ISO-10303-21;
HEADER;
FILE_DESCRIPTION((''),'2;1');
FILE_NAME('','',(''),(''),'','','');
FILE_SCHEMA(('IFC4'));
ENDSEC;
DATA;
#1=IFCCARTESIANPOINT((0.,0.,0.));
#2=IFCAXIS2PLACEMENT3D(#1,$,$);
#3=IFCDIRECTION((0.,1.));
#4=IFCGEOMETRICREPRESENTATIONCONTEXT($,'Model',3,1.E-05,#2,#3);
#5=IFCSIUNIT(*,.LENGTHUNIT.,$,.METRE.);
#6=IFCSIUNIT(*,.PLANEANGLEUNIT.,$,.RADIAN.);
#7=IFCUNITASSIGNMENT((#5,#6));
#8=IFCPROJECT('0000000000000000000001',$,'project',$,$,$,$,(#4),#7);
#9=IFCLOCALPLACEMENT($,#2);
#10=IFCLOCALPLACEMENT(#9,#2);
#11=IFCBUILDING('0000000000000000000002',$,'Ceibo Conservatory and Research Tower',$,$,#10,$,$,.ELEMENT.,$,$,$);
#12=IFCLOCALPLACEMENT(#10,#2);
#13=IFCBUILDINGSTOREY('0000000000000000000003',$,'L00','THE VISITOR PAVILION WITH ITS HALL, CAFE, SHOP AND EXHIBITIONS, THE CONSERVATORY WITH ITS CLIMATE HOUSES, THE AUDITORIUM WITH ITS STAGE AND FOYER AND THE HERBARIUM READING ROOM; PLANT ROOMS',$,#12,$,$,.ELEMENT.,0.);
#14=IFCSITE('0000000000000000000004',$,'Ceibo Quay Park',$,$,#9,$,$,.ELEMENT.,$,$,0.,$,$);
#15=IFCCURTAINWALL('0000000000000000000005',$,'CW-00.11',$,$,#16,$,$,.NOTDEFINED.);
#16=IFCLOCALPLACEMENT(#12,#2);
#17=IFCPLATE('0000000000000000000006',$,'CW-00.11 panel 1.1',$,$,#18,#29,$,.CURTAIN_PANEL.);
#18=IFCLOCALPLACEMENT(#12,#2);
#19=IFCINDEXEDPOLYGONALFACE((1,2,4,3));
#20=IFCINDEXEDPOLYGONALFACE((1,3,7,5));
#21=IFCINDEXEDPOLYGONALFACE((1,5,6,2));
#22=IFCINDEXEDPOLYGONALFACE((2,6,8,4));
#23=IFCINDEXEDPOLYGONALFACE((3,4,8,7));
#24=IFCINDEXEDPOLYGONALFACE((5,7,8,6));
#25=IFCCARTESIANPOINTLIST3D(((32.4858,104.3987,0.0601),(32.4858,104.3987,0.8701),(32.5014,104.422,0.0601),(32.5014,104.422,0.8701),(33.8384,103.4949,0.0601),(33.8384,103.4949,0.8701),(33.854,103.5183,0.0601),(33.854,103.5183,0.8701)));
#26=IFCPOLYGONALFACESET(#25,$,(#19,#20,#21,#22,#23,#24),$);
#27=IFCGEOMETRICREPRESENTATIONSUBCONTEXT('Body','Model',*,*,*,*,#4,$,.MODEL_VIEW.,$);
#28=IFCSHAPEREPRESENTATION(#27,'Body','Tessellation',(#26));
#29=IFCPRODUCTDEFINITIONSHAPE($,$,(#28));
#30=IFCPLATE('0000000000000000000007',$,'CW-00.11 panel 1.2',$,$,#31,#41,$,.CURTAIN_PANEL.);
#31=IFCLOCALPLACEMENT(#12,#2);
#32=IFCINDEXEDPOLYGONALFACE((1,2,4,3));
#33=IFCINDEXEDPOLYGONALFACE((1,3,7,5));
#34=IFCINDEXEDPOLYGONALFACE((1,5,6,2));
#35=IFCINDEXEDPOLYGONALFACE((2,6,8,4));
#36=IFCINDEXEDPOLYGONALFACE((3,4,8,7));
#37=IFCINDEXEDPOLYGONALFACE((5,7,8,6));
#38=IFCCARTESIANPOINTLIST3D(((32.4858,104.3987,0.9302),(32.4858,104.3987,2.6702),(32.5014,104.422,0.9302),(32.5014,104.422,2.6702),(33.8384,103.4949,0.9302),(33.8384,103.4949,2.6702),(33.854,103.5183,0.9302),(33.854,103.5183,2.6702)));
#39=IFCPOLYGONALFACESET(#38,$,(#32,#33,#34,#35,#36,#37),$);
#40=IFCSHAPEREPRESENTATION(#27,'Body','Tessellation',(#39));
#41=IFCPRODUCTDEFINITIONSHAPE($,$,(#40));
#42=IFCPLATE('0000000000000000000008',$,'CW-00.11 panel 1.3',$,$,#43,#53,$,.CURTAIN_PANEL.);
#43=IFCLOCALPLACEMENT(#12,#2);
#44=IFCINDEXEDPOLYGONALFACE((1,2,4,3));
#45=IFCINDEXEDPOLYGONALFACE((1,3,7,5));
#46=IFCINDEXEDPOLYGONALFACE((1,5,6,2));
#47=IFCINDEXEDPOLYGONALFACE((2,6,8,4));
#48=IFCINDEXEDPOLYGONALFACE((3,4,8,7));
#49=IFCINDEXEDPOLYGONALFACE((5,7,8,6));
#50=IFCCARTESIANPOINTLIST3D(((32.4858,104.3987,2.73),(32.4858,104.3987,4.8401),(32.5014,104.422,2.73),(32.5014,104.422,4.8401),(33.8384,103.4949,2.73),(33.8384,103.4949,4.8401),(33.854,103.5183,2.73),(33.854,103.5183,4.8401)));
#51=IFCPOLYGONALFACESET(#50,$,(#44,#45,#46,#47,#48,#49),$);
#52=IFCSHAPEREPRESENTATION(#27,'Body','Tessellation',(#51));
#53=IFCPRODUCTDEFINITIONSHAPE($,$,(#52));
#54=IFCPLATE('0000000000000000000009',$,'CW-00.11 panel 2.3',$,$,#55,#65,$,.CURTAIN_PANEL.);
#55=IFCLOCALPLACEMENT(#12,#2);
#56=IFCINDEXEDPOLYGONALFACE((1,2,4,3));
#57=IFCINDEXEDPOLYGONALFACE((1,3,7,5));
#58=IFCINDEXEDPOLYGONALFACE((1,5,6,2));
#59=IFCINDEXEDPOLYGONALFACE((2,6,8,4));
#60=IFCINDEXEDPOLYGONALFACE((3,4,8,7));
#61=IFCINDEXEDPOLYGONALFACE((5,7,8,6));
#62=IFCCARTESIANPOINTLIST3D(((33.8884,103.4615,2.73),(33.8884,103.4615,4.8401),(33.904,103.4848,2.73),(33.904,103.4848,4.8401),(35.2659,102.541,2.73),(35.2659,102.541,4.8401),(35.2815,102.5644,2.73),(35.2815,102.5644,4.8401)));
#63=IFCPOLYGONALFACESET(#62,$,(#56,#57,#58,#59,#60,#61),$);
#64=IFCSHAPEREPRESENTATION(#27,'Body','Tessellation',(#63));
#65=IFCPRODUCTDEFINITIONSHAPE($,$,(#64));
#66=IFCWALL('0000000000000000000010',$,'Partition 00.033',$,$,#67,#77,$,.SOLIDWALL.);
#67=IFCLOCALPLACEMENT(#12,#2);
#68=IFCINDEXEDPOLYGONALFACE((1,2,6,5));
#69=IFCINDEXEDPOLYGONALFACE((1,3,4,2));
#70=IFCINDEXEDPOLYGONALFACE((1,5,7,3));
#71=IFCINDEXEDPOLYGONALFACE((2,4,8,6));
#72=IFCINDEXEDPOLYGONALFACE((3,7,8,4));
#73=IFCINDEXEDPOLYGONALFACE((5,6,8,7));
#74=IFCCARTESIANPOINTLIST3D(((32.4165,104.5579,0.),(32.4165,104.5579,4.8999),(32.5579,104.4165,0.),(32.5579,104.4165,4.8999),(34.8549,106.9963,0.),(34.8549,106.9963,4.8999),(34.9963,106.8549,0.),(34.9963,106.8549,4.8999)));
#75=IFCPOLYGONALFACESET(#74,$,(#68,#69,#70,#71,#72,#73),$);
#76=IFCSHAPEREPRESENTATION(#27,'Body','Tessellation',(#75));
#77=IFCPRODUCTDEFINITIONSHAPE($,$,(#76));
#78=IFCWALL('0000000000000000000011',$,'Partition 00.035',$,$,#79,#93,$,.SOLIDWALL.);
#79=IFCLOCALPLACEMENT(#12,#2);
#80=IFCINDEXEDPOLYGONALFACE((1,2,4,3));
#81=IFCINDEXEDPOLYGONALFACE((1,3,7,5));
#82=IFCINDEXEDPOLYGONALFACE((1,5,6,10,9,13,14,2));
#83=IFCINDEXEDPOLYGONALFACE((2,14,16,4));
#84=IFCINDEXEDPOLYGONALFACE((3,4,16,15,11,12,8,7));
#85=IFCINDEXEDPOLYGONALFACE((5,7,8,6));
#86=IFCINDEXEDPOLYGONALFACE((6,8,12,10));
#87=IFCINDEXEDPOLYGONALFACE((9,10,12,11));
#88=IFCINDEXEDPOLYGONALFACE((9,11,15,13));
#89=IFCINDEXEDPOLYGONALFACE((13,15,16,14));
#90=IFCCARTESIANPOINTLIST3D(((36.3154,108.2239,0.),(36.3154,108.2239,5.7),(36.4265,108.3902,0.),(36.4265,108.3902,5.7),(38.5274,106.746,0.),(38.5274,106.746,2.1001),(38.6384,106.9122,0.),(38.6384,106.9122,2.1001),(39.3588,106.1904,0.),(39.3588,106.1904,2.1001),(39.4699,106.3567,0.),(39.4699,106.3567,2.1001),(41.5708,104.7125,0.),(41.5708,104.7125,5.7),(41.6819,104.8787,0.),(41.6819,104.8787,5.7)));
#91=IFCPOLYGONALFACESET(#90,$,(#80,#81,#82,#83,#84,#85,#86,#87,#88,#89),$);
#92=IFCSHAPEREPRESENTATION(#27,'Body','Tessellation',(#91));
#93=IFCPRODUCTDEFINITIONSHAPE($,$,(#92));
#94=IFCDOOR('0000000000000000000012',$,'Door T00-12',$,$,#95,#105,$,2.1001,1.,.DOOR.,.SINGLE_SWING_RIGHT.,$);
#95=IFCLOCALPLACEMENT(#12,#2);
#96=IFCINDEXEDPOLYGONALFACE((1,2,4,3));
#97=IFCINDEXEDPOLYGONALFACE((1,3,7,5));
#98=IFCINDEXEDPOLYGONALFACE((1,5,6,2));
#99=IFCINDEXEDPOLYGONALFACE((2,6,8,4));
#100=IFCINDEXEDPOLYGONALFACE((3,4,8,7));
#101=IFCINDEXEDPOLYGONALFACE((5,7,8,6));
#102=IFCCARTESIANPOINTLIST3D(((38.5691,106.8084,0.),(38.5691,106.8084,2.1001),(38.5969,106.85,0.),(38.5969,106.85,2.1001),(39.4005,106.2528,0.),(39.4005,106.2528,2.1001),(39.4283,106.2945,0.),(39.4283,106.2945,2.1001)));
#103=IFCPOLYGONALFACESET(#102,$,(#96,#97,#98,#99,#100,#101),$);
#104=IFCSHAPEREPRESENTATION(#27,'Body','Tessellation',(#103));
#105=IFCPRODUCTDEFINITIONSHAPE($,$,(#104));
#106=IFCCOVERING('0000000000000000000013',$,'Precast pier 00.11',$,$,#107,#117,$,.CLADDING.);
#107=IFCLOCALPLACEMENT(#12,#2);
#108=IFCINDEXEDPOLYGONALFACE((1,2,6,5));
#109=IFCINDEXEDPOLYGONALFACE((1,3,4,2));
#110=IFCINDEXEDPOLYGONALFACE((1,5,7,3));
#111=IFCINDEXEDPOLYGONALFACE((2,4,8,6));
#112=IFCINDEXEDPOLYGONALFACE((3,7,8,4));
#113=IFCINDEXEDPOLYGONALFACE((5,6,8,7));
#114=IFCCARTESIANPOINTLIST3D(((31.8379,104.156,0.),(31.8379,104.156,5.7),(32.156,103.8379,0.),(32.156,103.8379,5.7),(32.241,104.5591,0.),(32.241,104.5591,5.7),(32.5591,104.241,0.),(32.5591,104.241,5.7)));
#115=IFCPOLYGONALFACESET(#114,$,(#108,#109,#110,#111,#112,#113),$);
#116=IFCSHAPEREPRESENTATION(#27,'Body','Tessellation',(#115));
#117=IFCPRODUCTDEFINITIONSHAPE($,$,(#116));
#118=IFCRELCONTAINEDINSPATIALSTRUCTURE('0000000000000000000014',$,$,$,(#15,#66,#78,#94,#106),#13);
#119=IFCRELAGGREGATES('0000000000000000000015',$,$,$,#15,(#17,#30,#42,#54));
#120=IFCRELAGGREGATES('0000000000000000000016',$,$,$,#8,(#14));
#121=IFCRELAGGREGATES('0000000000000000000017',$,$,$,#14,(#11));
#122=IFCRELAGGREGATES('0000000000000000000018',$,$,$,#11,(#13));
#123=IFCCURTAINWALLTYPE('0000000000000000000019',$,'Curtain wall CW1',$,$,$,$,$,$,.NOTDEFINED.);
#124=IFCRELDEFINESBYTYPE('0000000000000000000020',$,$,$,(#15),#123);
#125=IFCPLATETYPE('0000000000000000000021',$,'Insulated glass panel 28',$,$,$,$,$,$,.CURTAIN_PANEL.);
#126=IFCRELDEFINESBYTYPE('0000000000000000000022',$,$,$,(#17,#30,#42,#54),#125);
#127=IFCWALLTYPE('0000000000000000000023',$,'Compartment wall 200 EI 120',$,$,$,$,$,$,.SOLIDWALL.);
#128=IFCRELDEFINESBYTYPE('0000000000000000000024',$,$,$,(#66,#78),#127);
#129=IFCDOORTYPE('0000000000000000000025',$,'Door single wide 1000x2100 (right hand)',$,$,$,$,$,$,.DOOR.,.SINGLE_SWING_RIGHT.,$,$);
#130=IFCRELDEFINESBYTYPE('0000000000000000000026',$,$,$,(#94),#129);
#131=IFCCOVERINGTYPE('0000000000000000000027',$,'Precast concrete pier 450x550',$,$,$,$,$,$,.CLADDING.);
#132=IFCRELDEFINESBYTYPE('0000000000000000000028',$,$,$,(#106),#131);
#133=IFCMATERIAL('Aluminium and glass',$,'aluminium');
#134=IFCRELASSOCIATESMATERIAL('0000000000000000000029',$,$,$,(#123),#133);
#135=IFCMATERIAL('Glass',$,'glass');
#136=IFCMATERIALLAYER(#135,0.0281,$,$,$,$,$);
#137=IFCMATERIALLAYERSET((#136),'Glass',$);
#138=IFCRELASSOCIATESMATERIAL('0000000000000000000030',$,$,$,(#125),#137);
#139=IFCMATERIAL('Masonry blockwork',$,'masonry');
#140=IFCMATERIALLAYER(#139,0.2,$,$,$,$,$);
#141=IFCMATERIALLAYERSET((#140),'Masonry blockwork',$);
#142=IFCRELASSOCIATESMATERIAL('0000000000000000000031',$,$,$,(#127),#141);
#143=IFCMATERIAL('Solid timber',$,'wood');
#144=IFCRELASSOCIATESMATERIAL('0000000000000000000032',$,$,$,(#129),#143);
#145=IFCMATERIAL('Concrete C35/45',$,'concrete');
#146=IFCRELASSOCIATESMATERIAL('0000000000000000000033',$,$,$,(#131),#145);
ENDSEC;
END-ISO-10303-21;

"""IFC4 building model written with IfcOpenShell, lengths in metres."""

from ifc_helpers import new_model, si_unit, direction, frame, frame_2d, origin, origin_2d, place, context, subcontext, project, spatial, rectangle, extrude, material, layer, layer_set, type_object, element, fill, aggregate, save


model = new_model("IFC4")

# Units and contexts
model_context = context("Model", 3, precision=1e-05, world=origin(), true_north=direction((0.0, 1.0)))
body_context = subcontext(model_context, "Body", "Model", "MODEL_VIEW")
ifc_project = project(units=[si_unit("LENGTHUNIT", "METRE"), si_unit("PLANEANGLEUNIT", "RADIAN")], contexts=[model_context])

# Site, building, storey
site_placement = place(None, origin())
site = spatial("IfcSite", under=ifc_project, at=site_placement, Name="Ceibo Quay Park", CompositionType="ELEMENT", RefElevation=0.0)
building_placement = place(site_placement, origin())
building = spatial("IfcBuilding", under=site, at=building_placement, Name="Ceibo Conservatory and Research Tower", CompositionType="ELEMENT")
storey_placement = place(building_placement, origin())
storey = spatial("IfcBuildingStorey", under=building, at=storey_placement, Name="L00", Description="THE VISITOR PAVILION WITH ITS HALL, CAFE, SHOP AND EXHIBITIONS, THE CONSERVATORY WITH ITS CLIMATE HOUSES, THE AUDITORIUM WITH ITS STAGE AND FOYER AND THE HERBARIUM READING ROOM; PLANT ROOMS", CompositionType="ELEMENT", Elevation=0.0)

# Curtain wall
ifc_material_1 = material(Name="Aluminium and glass", Category="aluminium")
curtain_wall_type = type_object("IfcCurtainWallType", Name="Curtain wall CW1", PredefinedType="NOTDEFINED", material=ifc_material_1)
curtain_wall_1_placement = place(storey_placement, origin())
curtain_wall_1 = element("IfcCurtainWall", 1, at=curtain_wall_1_placement, inside=storey, type_object=curtain_wall_type, Name="CW-00.11", PredefinedType="NOTDEFINED")

# Shared definitions
ifc_material_2 = material(Name="Concrete C35/45", Category="concrete")

# Plates
ifc_material_3 = material(Name="Glass", Category="glass")
ifc_layer_1 = layer(ifc_material_3, 0.0281)
ifc_layer_set_1 = layer_set([ifc_layer_1], Name="Glass")
plate_type = type_object("IfcPlateType", Name="Insulated glass panel 28", PredefinedType="CURTAIN_PANEL", material=ifc_layer_set_1)
plate_1_placement = place(storey_placement, frame((33.1699, 103.9585, 0.0601), z_axis=(0.0, 0.0, 1.0), x_axis=(0.83147, -0.55557, 0.0)))
plate_1 = element("IfcPlate", 2, at=plate_1_placement, type_object=plate_type, Name="CW-00.11 panel 1.1", PredefinedType="CURTAIN_PANEL", context=body_context, shape_type="SweptSolid", body=[
    extrude(rectangle(XDim=1.6267, YDim=0.0281, at=origin_2d()), origin(), (0.0, 0.0, 1.0), 0.8101),
])
plate_2_placement = place(storey_placement, frame((33.1699, 103.9585, 0.9302), z_axis=(0.0, 0.0, 1.0), x_axis=(0.83147, -0.55557, 0.0)))
plate_2 = element("IfcPlate", 3, at=plate_2_placement, type_object=plate_type, Name="CW-00.11 panel 1.2", PredefinedType="CURTAIN_PANEL", context=body_context, shape_type="SweptSolid", body=[
    extrude(rectangle(XDim=1.6267, YDim=0.0281, at=origin_2d()), origin(), (0.0, 0.0, 1.0), 1.74),
])
plate_3_placement = place(storey_placement, frame((33.1699, 103.9585, 2.73), z_axis=(0.0, 0.0, 1.0), x_axis=(0.83147, -0.55557, 0.0)))
plate_3 = element("IfcPlate", 4, at=plate_3_placement, type_object=plate_type, Name="CW-00.11 panel 1.3", PredefinedType="CURTAIN_PANEL", context=body_context, shape_type="SweptSolid", body=[
    extrude(rectangle(XDim=1.6267, YDim=0.0281, at=origin_2d()), origin(), (0.0, 0.0, 1.0), 2.1101),
])
plate_4_placement = place(storey_placement, frame((34.585, 103.0129, 2.73), z_axis=(0.0, 0.0, 1.0), x_axis=(0.83147, -0.55557, 0.0)))
plate_4 = element("IfcPlate", 5, at=plate_4_placement, type_object=plate_type, Name="CW-00.11 panel 2.3", PredefinedType="CURTAIN_PANEL", context=body_context, shape_type="SweptSolid", body=[
    extrude(rectangle(XDim=1.6567, YDim=0.0281, at=origin_2d()), origin(), (0.0, 0.0, 1.0), 2.1101),
])
aggregate(curtain_wall_1, [plate_1, plate_2, plate_3, plate_4])

# Wall
ifc_material_4 = material(Name="Masonry blockwork", Category="masonry")
ifc_layer_2 = layer(ifc_material_4, 0.2)
ifc_layer_set_2 = layer_set([ifc_layer_2], Name="Masonry blockwork")
wall_type = type_object("IfcWallType", Name="Compartment wall 200 EI 120", PredefinedType="SOLIDWALL", material=ifc_layer_set_2)
wall_1_placement = place(storey_placement, frame((34.9255, 106.9255, 0.0), z_axis=(0.0, 0.0, 1.0), x_axis=(-0.707107, -0.707107, 0.0)))
element("IfcWall", 6, at=wall_1_placement, inside=storey, type_object=wall_type, Name="Partition 00.033", PredefinedType="SOLIDWALL", context=body_context, shape_type="SweptSolid", body=[
    extrude(rectangle(XDim=3.4485, YDim=0.2, at=frame_2d((1.7241, 0.0))), origin(), (0.0, 0.0, 1.0), 4.8999),
])

# Wall, opening, door
wall_2_placement = place(storey_placement, frame((41.6262, 104.7957, 0.0), z_axis=(0.0, 0.0, 1.0), x_axis=(-0.831473, 0.555565, 0.0)))
wall_2 = element("IfcWall", 7, at=wall_2_placement, inside=storey, type_object=wall_type, Name="Partition 00.035", PredefinedType="SOLIDWALL", context=body_context, shape_type="SweptSolid", body=[
    extrude(rectangle(XDim=6.3206, YDim=0.2, at=frame_2d((3.1602, 0.0))), origin(), (0.0, 0.0, 1.0), 5.7),
])
opening_placement = place(wall_2_placement, frame((2.6602, 0.0, 0.0)))
opening = element("IfcOpeningElement", 8, at=opening_placement, cuts=wall_2, PredefinedType="OPENING", context=body_context, shape_type="SweptSolid", body=[
    extrude(rectangle(XDim=1.0, YDim=2.1001, at=frame_2d((0.5, 1.05))), frame((0.0, 0.1099, 0.0), z_axis=(0.0, -1.0, 0.0), x_axis=(1.0, 0.0, 0.0)), (0.0, 0.0, 1.0), 0.22),
])
ifc_material_5 = material(Name="Solid timber", Category="wood")
door_type = type_object("IfcDoorType", Name="Door single wide 1000x2100 (right hand)", OperationType="SINGLE_SWING_RIGHT", PredefinedType="DOOR", material=ifc_material_5)
door_placement = place(opening_placement, origin())
door = element("IfcDoor", 9, at=door_placement, inside=storey, type_object=door_type, Name="Door T00-12", OperationType="SINGLE_SWING_RIGHT", OverallHeight=2.1001, OverallWidth=1.0, PredefinedType="DOOR", context=body_context, shape_type="SweptSolid", body=[
    extrude(rectangle(XDim=1.0, YDim=2.1001, at=frame_2d((0.5, 1.05))), frame((0.0, 0.0249, 0.0), z_axis=(0.0, -1.0, 0.0), x_axis=(1.0, 0.0, 0.0)), (0.0, 0.0, 1.0), 0.05),
])
fill(opening, door)

# Covering
covering_type = type_object("IfcCoveringType", Name="Precast concrete pier 450x550", PredefinedType="CLADDING", material=ifc_material_2)
covering_placement = place(storey_placement, frame((32.1985, 104.1985, 0.0), z_axis=(0.0, 0.0, 1.0), x_axis=(-0.707107, -0.707107, 0.0)))
element("IfcCovering", 10, at=covering_placement, inside=storey, type_object=covering_type, Name="Precast pier 00.11", PredefinedType="CLADDING", context=body_context, shape_type="SweptSolid", body=[
    extrude(rectangle(XDim=0.5701, YDim=0.45, at=origin_2d()), origin(), (0.0, 0.0, 1.0), 5.7),
])

save(model, "model.ifc")
